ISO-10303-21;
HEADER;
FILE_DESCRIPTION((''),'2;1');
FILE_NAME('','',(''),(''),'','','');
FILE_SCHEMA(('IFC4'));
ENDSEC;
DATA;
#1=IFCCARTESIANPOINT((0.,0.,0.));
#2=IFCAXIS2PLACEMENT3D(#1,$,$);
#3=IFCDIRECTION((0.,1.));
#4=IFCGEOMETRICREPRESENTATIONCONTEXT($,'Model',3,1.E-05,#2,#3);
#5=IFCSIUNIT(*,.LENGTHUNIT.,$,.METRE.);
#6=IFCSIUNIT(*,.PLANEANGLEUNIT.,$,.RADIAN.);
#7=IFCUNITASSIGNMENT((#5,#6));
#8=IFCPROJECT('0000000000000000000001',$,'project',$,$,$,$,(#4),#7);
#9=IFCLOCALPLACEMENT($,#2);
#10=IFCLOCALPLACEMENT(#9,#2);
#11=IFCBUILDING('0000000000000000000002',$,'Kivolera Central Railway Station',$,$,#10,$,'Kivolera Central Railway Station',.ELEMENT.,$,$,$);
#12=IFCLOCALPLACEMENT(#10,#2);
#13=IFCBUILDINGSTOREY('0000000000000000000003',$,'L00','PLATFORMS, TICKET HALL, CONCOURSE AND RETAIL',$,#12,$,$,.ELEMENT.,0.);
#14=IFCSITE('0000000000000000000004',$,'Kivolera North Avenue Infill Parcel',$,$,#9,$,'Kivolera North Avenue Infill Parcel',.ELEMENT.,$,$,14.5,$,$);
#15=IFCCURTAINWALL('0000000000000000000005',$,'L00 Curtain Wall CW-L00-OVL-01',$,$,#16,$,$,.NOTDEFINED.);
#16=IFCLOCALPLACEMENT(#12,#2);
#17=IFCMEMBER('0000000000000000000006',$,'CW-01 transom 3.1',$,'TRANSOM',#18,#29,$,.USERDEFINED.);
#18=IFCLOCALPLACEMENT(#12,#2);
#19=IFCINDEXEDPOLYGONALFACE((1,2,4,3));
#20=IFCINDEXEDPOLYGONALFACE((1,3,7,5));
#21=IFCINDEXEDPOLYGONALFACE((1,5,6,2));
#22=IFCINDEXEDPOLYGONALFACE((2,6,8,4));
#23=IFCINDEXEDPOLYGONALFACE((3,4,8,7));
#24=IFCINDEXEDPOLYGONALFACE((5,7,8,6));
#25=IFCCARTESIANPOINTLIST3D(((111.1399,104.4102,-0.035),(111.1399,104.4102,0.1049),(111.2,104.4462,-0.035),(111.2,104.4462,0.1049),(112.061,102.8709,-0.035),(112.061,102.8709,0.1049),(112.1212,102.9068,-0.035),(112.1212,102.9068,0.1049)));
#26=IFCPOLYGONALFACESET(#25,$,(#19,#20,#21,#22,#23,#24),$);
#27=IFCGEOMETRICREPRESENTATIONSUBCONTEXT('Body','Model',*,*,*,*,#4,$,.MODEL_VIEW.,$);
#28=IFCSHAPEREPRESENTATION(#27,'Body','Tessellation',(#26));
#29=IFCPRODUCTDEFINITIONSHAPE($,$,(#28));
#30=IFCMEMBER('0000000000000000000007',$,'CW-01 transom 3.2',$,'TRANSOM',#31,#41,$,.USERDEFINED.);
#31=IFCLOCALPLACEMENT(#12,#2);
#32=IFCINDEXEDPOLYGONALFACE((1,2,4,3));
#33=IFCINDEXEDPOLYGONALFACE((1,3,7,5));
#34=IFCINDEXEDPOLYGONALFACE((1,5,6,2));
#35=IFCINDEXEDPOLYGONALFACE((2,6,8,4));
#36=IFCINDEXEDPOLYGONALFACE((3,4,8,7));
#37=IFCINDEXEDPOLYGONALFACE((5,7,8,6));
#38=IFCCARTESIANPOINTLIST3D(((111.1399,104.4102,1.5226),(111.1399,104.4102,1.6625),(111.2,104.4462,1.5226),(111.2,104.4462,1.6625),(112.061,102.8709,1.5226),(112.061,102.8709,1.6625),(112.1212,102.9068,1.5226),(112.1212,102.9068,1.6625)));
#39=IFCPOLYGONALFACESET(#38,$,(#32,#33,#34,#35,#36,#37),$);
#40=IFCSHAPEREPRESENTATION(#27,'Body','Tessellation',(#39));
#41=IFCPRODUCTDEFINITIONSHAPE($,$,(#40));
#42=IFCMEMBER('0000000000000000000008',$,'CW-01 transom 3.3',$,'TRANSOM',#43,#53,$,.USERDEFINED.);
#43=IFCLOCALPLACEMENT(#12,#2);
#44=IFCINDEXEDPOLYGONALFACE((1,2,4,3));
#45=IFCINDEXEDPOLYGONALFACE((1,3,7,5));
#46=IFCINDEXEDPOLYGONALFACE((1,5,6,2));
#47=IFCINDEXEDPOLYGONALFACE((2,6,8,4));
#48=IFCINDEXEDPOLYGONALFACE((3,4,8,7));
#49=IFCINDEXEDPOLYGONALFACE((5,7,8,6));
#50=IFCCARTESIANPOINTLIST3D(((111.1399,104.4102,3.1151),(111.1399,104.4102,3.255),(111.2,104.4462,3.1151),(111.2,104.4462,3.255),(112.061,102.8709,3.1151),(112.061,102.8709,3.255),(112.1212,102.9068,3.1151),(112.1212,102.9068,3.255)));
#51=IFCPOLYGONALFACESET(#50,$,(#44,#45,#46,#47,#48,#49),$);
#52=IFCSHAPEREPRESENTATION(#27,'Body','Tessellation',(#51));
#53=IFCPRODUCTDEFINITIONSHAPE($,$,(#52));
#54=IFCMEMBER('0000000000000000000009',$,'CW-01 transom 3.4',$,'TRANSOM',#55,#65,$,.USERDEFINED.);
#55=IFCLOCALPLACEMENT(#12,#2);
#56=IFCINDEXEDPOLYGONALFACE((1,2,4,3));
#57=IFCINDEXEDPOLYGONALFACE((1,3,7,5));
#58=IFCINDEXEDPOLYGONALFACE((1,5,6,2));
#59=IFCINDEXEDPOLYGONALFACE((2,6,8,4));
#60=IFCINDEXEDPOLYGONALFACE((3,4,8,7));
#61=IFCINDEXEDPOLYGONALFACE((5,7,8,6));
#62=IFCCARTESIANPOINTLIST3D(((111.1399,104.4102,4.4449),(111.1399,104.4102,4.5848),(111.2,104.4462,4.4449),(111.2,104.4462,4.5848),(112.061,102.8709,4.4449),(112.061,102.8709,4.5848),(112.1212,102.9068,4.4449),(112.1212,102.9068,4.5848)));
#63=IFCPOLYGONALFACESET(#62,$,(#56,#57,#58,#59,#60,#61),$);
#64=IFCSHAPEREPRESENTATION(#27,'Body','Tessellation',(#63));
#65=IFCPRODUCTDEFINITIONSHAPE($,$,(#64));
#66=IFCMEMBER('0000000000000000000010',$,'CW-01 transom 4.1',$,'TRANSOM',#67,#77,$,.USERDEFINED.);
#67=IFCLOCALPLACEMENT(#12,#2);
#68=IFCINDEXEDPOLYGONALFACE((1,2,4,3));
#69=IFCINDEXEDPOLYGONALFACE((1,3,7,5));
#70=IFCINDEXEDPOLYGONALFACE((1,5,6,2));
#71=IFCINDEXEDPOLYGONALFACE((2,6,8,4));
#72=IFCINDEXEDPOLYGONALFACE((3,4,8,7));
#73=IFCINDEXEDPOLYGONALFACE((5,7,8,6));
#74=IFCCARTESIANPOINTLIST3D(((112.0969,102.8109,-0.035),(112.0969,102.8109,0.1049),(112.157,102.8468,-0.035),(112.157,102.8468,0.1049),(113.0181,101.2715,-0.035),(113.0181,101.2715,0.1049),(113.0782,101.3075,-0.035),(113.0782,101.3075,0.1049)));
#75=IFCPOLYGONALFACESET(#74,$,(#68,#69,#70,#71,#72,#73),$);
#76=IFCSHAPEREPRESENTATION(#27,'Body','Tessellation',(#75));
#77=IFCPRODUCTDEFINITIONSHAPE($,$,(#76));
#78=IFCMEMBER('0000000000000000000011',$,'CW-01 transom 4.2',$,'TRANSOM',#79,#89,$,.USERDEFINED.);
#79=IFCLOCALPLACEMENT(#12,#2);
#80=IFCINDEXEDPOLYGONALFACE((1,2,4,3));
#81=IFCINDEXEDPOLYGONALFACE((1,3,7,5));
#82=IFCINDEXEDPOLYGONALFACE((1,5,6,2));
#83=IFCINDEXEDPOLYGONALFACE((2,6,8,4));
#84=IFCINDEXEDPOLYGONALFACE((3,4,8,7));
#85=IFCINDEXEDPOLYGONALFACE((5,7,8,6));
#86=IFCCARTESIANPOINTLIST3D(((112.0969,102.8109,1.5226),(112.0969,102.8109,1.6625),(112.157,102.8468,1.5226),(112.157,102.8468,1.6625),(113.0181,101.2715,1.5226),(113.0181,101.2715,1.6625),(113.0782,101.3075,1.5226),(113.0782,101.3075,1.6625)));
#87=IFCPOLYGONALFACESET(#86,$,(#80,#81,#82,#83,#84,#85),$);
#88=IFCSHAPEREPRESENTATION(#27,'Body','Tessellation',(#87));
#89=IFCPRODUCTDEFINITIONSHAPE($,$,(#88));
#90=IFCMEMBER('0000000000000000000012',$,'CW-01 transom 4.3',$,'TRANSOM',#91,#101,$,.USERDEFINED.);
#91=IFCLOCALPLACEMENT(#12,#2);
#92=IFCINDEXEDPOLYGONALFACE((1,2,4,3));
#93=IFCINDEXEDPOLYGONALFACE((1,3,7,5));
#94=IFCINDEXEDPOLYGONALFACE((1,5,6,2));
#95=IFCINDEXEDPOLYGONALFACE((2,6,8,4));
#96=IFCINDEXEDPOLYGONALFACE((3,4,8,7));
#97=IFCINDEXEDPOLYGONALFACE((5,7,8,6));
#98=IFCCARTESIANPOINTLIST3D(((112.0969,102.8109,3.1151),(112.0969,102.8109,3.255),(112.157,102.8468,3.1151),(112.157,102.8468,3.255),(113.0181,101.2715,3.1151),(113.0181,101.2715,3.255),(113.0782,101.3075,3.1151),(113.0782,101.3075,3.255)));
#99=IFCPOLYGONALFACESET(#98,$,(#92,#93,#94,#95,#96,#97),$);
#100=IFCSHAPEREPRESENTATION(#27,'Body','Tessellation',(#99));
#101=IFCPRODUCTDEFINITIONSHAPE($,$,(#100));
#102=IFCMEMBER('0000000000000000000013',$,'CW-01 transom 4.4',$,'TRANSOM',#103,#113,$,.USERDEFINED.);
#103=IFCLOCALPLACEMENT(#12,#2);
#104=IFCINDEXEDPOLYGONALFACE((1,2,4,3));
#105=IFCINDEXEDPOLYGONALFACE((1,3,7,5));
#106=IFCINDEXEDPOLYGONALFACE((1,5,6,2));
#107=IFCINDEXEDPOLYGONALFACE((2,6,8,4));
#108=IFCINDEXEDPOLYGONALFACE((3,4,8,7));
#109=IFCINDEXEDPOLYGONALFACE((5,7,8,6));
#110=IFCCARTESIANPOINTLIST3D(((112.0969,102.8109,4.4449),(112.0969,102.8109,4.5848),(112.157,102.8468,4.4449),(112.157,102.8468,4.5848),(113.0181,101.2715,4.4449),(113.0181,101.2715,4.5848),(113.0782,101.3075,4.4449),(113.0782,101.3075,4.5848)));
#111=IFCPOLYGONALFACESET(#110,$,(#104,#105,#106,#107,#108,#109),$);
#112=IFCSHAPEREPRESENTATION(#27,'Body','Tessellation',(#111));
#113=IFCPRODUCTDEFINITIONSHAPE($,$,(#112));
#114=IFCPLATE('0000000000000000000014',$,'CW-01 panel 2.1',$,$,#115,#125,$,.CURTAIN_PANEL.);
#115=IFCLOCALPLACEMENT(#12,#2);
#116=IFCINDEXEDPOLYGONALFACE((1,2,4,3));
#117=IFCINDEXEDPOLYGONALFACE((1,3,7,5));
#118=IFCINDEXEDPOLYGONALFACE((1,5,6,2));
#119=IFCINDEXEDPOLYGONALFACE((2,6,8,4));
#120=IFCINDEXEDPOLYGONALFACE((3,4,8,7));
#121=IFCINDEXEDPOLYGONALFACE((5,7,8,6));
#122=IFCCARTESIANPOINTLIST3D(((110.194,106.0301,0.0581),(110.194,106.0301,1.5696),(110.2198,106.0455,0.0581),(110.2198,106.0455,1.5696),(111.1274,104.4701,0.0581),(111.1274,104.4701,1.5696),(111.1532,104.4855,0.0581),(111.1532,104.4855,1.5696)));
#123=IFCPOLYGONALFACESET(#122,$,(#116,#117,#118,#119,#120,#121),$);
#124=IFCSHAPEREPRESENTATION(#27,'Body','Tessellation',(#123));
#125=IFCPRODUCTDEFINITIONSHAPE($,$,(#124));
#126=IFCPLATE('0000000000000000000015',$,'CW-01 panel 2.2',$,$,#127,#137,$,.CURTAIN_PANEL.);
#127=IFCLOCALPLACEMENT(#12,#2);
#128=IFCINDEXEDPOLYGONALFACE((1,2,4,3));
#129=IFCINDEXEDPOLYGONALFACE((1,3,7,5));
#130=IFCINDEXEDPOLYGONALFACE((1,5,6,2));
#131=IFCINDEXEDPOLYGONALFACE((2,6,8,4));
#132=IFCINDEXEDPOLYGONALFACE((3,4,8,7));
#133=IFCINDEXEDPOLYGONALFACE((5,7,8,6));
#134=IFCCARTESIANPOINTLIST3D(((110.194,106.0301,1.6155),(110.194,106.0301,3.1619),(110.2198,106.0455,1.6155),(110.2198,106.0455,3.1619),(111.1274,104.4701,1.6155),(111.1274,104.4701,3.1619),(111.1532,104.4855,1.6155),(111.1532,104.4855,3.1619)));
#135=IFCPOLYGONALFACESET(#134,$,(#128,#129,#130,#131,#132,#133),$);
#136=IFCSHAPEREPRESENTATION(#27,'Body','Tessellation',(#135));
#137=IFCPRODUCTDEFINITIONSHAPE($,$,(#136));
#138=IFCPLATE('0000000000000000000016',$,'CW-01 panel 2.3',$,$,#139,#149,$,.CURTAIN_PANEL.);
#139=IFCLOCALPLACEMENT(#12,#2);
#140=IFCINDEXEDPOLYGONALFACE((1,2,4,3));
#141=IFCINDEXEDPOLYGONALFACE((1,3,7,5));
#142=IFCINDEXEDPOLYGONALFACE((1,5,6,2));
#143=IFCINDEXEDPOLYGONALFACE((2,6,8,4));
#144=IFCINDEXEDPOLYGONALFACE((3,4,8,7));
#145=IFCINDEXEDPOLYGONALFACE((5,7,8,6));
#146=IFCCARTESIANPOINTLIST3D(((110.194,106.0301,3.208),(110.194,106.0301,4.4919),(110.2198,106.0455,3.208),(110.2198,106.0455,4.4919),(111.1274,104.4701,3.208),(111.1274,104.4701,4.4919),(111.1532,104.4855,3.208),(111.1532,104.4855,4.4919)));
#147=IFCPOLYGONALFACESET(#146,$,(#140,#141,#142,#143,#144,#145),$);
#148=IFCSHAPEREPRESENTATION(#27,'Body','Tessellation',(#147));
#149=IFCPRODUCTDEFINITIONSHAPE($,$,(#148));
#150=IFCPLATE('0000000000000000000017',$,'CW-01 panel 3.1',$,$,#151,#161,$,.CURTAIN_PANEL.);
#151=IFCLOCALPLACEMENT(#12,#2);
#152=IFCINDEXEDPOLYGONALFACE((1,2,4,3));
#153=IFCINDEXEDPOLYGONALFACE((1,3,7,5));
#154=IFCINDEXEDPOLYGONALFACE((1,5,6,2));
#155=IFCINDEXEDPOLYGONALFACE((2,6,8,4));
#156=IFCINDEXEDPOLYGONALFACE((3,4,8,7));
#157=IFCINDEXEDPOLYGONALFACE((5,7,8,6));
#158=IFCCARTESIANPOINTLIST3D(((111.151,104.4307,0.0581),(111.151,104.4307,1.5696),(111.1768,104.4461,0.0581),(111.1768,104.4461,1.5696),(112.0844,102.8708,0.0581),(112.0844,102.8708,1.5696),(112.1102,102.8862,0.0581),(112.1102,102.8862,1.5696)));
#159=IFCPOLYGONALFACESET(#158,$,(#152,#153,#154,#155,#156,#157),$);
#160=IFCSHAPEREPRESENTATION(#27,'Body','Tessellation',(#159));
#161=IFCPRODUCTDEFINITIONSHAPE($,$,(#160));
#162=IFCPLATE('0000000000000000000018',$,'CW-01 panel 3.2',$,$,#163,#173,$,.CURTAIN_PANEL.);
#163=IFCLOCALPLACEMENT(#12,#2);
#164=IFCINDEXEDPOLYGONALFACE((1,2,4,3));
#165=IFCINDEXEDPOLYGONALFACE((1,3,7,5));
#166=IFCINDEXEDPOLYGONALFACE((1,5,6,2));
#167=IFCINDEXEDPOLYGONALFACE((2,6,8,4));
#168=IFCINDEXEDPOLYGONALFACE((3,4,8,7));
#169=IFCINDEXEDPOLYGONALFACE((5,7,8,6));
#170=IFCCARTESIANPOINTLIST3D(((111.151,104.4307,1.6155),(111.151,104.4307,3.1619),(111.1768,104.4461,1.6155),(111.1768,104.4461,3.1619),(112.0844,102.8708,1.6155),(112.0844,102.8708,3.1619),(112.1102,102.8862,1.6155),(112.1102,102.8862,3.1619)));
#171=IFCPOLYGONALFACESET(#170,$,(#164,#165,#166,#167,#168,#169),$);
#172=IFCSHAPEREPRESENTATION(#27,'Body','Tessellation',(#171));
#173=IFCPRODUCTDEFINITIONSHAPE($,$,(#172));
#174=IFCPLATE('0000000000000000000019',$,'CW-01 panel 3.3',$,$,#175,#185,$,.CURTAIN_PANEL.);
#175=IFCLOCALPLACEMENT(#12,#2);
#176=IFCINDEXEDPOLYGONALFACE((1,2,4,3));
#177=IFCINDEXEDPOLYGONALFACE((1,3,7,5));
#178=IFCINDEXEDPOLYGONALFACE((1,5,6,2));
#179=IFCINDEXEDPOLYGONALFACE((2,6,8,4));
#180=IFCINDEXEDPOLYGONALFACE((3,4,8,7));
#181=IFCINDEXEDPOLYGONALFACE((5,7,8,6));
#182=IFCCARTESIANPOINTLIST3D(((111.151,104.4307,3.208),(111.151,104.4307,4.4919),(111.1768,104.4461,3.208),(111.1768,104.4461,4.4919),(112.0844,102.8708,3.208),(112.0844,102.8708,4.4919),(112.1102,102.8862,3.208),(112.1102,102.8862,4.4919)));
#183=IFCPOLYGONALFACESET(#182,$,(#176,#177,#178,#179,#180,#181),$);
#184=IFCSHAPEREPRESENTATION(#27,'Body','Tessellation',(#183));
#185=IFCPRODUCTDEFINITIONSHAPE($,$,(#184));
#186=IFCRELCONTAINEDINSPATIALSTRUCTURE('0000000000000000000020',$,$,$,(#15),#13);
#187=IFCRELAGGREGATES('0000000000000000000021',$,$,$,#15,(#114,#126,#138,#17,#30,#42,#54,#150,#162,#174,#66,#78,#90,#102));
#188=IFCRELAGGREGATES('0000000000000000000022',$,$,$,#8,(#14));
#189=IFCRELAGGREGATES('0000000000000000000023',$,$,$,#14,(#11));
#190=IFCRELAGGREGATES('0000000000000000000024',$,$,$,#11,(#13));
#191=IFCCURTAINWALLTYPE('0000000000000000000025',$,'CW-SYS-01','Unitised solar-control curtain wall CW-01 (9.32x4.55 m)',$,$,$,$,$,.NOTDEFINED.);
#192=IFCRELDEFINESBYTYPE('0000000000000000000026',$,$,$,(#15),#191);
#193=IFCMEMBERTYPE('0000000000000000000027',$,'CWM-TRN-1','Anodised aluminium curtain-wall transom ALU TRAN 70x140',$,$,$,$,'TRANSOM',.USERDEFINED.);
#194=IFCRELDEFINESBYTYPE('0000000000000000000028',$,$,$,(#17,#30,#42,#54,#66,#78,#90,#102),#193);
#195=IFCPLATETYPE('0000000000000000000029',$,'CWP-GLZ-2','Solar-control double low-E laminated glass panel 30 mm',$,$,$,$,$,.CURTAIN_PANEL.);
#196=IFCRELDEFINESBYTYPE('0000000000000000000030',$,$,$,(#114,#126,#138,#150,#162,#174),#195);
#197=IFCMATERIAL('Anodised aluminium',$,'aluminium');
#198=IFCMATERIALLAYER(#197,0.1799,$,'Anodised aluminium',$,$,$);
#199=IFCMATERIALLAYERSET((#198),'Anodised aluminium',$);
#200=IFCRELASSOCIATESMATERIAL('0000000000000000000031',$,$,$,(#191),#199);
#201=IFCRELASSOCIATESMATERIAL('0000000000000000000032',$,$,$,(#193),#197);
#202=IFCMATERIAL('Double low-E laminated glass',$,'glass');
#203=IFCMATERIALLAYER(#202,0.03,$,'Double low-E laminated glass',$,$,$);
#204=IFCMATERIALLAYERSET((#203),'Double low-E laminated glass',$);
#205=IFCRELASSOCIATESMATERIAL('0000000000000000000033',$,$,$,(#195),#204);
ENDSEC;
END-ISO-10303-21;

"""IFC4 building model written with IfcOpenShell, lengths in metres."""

from ifc_helpers import new_model, si_unit, direction, frame, origin, origin_2d, place, context, subcontext, project, spatial, rectangle, extrude, material, layer, layer_set, material_profile, profile_set, type_object, element, aggregate, save


model = new_model("IFC4")

# Units and contexts
model_context = context("Model", 3, precision=1e-05, world=origin(), true_north=direction((0.0, 1.0)))
body_context = subcontext(model_context, "Body", "Model", "MODEL_VIEW")
ifc_project = project(units=[si_unit("LENGTHUNIT", "METRE"), si_unit("PLANEANGLEUNIT", "RADIAN")], contexts=[model_context])

# Site, building, storey
site_placement = place(None, origin())
site = spatial("IfcSite", under=ifc_project, at=site_placement, Name="Kivolera North Avenue Infill Parcel", LongName="Kivolera North Avenue Infill Parcel", CompositionType="ELEMENT", RefElevation=14.5)
building_placement = place(site_placement, origin())
building = spatial("IfcBuilding", under=site, at=building_placement, Name="Kivolera Central Railway Station", LongName="Kivolera Central Railway Station", CompositionType="ELEMENT")
storey_placement = place(building_placement, origin())
storey = spatial("IfcBuildingStorey", under=building, at=storey_placement, Name="L00", Description="PLATFORMS, TICKET HALL, CONCOURSE AND RETAIL", CompositionType="ELEMENT", Elevation=0.0)

# Curtain wall
ifc_material_1 = material(Name="Anodised aluminium", Category="aluminium")
ifc_layer_1 = layer(ifc_material_1, 0.1799, Name="Anodised aluminium")
ifc_layer_set_1 = layer_set([ifc_layer_1], Name="Anodised aluminium")
curtain_wall_type_1 = type_object("IfcCurtainWallType", Name="CW-SYS-01", Description="Unitised solar-control curtain wall CW-01 (9.32x4.55 m)", PredefinedType="NOTDEFINED", material=ifc_layer_set_1)
curtain_wall_1_placement = place(storey_placement, origin())
curtain_wall_1 = element("IfcCurtainWall", 1, at=curtain_wall_1_placement, inside=storey, type_object=curtain_wall_type_1, Name="L00 Curtain Wall CW-L00-OVL-01", PredefinedType="NOTDEFINED")

# Members
ifc_material_profile_1 = material_profile(ifc_material_1, rectangle(XDim=0.0701, YDim=0.1399, at=origin_2d()), Name="ALU TRAN 70x140")
ifc_profile_set_1 = profile_set([ifc_material_profile_1], Name="Anodised aluminium")
member_type_1 = type_object("IfcMemberType", Name="CWM-TRN-1", Description="Anodised aluminium curtain-wall transom ALU TRAN 70x140", ElementType="TRANSOM", PredefinedType="USERDEFINED", material=ifc_profile_set_1)
member_1_placement = place(storey_placement, frame((111.1699, 104.4282, 0.0349), z_axis=(0.513495, -0.858093, 0.0), x_axis=(0.858093, 0.513495, 0.0)))
member_1 = element("IfcMember", 2, at=member_1_placement, type_object=member_type_1, Name="CW-01 transom 3.1", ObjectType="TRANSOM", PredefinedType="USERDEFINED", context=body_context, shape_type="SweptSolid", body=[
    extrude(rectangle(XDim=0.0701, YDim=0.1399, at=origin_2d()), origin(), (0.0, 0.0, 1.0), 1.7939),
])
member_2_placement = place(storey_placement, frame((111.1699, 104.4282, 1.5925), z_axis=(0.513495, -0.858093, 0.0), x_axis=(0.858093, 0.513495, 0.0)))
member_2 = element("IfcMember", 3, at=member_2_placement, type_object=member_type_1, Name="CW-01 transom 3.2", ObjectType="TRANSOM", PredefinedType="USERDEFINED", context=body_context, shape_type="SweptSolid", body=[
    extrude(rectangle(XDim=0.0701, YDim=0.1399, at=origin_2d()), origin(), (0.0, 0.0, 1.0), 1.7939),
])
member_3_placement = place(storey_placement, frame((111.1699, 104.4282, 3.1851), z_axis=(0.513495, -0.858093, 0.0), x_axis=(0.858093, 0.513495, 0.0)))
member_3 = element("IfcMember", 4, at=member_3_placement, type_object=member_type_1, Name="CW-01 transom 3.3", ObjectType="TRANSOM", PredefinedType="USERDEFINED", context=body_context, shape_type="SweptSolid", body=[
    extrude(rectangle(XDim=0.0701, YDim=0.1399, at=origin_2d()), origin(), (0.0, 0.0, 1.0), 1.7939),
])
member_4_placement = place(storey_placement, frame((111.1699, 104.4282, 4.5149), z_axis=(0.513495, -0.858093, 0.0), x_axis=(0.858093, 0.513495, 0.0)))
member_4 = element("IfcMember", 5, at=member_4_placement, type_object=member_type_1, Name="CW-01 transom 3.4", ObjectType="TRANSOM", PredefinedType="USERDEFINED", context=body_context, shape_type="SweptSolid", body=[
    extrude(rectangle(XDim=0.0701, YDim=0.1399, at=origin_2d()), origin(), (0.0, 0.0, 1.0), 1.7939),
])
member_5_placement = place(storey_placement, frame((112.127, 102.8289, 0.0349), z_axis=(0.513495, -0.858093, 0.0), x_axis=(0.858093, 0.513495, 0.0)))
member_5 = element("IfcMember", 6, at=member_5_placement, type_object=member_type_1, Name="CW-01 transom 4.1", ObjectType="TRANSOM", PredefinedType="USERDEFINED", context=body_context, shape_type="SweptSolid", body=[
    extrude(rectangle(XDim=0.0701, YDim=0.1399, at=origin_2d()), origin(), (0.0, 0.0, 1.0), 1.7939),
])
member_6_placement = place(storey_placement, frame((112.127, 102.8289, 1.5925), z_axis=(0.513495, -0.858093, 0.0), x_axis=(0.858093, 0.513495, 0.0)))
member_6 = element("IfcMember", 7, at=member_6_placement, type_object=member_type_1, Name="CW-01 transom 4.2", ObjectType="TRANSOM", PredefinedType="USERDEFINED", context=body_context, shape_type="SweptSolid", body=[
    extrude(rectangle(XDim=0.0701, YDim=0.1399, at=origin_2d()), origin(), (0.0, 0.0, 1.0), 1.7939),
])
member_7_placement = place(storey_placement, frame((112.127, 102.8289, 3.1851), z_axis=(0.513495, -0.858093, 0.0), x_axis=(0.858093, 0.513495, 0.0)))
member_7 = element("IfcMember", 8, at=member_7_placement, type_object=member_type_1, Name="CW-01 transom 4.3", ObjectType="TRANSOM", PredefinedType="USERDEFINED", context=body_context, shape_type="SweptSolid", body=[
    extrude(rectangle(XDim=0.0701, YDim=0.1399, at=origin_2d()), origin(), (0.0, 0.0, 1.0), 1.7939),
])
member_8_placement = place(storey_placement, frame((112.127, 102.8289, 4.5149), z_axis=(0.513495, -0.858093, 0.0), x_axis=(0.858093, 0.513495, 0.0)))
member_8 = element("IfcMember", 9, at=member_8_placement, type_object=member_type_1, Name="CW-01 transom 4.4", ObjectType="TRANSOM", PredefinedType="USERDEFINED", context=body_context, shape_type="SweptSolid", body=[
    extrude(rectangle(XDim=0.0701, YDim=0.1399, at=origin_2d()), origin(), (0.0, 0.0, 1.0), 1.7939),
])

# Plates
ifc_material_2 = material(Name="Double low-E laminated glass", Category="glass")
ifc_layer_2 = layer(ifc_material_2, 0.03, Name="Double low-E laminated glass")
ifc_layer_set_2 = layer_set([ifc_layer_2], Name="Double low-E laminated glass")
plate_type = type_object("IfcPlateType", Name="CWP-GLZ-2", Description="Solar-control double low-E laminated glass panel 30 mm", PredefinedType="CURTAIN_PANEL", material=ifc_layer_set_2)
plate_1_placement = place(storey_placement, frame((110.6736, 105.2578, 0.0581), z_axis=(0.0, 0.0, 1.0), x_axis=(0.513454, -0.858117, 0.0)))
plate_1 = element("IfcPlate", 10, at=plate_1_placement, type_object=plate_type, Name="CW-01 panel 2.1", PredefinedType="CURTAIN_PANEL", context=body_context, shape_type="SweptSolid", body=[
    extrude(rectangle(XDim=1.8179, YDim=0.03, at=origin_2d()), origin(), (0.0, 0.0, 1.0), 1.5115),
])
plate_2_placement = place(storey_placement, frame((110.6736, 105.2578, 1.6155), z_axis=(0.0, 0.0, 1.0), x_axis=(0.513454, -0.858117, 0.0)))
plate_2 = element("IfcPlate", 11, at=plate_2_placement, type_object=plate_type, Name="CW-01 panel 2.2", PredefinedType="CURTAIN_PANEL", context=body_context, shape_type="SweptSolid", body=[
    extrude(rectangle(XDim=1.8179, YDim=0.03, at=origin_2d()), origin(), (0.0, 0.0, 1.0), 1.5464),
])
plate_3_placement = place(storey_placement, frame((110.6736, 105.2578, 3.208), z_axis=(0.0, 0.0, 1.0), x_axis=(0.513454, -0.858117, 0.0)))
plate_3 = element("IfcPlate", 12, at=plate_3_placement, type_object=plate_type, Name="CW-01 panel 2.3", PredefinedType="CURTAIN_PANEL", context=body_context, shape_type="SweptSolid", body=[
    extrude(rectangle(XDim=1.8179, YDim=0.03, at=origin_2d()), origin(), (0.0, 0.0, 1.0), 1.2839),
])
plate_4_placement = place(storey_placement, frame((111.6306, 103.6584, 0.0581), z_axis=(0.0, 0.0, 1.0), x_axis=(0.513454, -0.858117, 0.0)))
plate_4 = element("IfcPlate", 13, at=plate_4_placement, type_object=plate_type, Name="CW-01 panel 3.1", PredefinedType="CURTAIN_PANEL", context=body_context, shape_type="SweptSolid", body=[
    extrude(rectangle(XDim=1.8179, YDim=0.03, at=origin_2d()), origin(), (0.0, 0.0, 1.0), 1.5115),
])
plate_5_placement = place(storey_placement, frame((111.6306, 103.6584, 1.6155), z_axis=(0.0, 0.0, 1.0), x_axis=(0.513454, -0.858117, 0.0)))
plate_5 = element("IfcPlate", 14, at=plate_5_placement, type_object=plate_type, Name="CW-01 panel 3.2", PredefinedType="CURTAIN_PANEL", context=body_context, shape_type="SweptSolid", body=[
    extrude(rectangle(XDim=1.8179, YDim=0.03, at=origin_2d()), origin(), (0.0, 0.0, 1.0), 1.5464),
])
plate_6_placement = place(storey_placement, frame((111.6306, 103.6584, 3.208), z_axis=(0.0, 0.0, 1.0), x_axis=(0.513454, -0.858117, 0.0)))
plate_6 = element("IfcPlate", 15, at=plate_6_placement, type_object=plate_type, Name="CW-01 panel 3.3", PredefinedType="CURTAIN_PANEL", context=body_context, shape_type="SweptSolid", body=[
    extrude(rectangle(XDim=1.8179, YDim=0.03, at=origin_2d()), origin(), (0.0, 0.0, 1.0), 1.2839),
])
aggregate(curtain_wall_1, [plate_1, plate_2, plate_3, member_1, member_2, member_3, member_4, plate_4, plate_5, plate_6, member_5, member_6, member_7, member_8])

save(model, "model.ifc")
